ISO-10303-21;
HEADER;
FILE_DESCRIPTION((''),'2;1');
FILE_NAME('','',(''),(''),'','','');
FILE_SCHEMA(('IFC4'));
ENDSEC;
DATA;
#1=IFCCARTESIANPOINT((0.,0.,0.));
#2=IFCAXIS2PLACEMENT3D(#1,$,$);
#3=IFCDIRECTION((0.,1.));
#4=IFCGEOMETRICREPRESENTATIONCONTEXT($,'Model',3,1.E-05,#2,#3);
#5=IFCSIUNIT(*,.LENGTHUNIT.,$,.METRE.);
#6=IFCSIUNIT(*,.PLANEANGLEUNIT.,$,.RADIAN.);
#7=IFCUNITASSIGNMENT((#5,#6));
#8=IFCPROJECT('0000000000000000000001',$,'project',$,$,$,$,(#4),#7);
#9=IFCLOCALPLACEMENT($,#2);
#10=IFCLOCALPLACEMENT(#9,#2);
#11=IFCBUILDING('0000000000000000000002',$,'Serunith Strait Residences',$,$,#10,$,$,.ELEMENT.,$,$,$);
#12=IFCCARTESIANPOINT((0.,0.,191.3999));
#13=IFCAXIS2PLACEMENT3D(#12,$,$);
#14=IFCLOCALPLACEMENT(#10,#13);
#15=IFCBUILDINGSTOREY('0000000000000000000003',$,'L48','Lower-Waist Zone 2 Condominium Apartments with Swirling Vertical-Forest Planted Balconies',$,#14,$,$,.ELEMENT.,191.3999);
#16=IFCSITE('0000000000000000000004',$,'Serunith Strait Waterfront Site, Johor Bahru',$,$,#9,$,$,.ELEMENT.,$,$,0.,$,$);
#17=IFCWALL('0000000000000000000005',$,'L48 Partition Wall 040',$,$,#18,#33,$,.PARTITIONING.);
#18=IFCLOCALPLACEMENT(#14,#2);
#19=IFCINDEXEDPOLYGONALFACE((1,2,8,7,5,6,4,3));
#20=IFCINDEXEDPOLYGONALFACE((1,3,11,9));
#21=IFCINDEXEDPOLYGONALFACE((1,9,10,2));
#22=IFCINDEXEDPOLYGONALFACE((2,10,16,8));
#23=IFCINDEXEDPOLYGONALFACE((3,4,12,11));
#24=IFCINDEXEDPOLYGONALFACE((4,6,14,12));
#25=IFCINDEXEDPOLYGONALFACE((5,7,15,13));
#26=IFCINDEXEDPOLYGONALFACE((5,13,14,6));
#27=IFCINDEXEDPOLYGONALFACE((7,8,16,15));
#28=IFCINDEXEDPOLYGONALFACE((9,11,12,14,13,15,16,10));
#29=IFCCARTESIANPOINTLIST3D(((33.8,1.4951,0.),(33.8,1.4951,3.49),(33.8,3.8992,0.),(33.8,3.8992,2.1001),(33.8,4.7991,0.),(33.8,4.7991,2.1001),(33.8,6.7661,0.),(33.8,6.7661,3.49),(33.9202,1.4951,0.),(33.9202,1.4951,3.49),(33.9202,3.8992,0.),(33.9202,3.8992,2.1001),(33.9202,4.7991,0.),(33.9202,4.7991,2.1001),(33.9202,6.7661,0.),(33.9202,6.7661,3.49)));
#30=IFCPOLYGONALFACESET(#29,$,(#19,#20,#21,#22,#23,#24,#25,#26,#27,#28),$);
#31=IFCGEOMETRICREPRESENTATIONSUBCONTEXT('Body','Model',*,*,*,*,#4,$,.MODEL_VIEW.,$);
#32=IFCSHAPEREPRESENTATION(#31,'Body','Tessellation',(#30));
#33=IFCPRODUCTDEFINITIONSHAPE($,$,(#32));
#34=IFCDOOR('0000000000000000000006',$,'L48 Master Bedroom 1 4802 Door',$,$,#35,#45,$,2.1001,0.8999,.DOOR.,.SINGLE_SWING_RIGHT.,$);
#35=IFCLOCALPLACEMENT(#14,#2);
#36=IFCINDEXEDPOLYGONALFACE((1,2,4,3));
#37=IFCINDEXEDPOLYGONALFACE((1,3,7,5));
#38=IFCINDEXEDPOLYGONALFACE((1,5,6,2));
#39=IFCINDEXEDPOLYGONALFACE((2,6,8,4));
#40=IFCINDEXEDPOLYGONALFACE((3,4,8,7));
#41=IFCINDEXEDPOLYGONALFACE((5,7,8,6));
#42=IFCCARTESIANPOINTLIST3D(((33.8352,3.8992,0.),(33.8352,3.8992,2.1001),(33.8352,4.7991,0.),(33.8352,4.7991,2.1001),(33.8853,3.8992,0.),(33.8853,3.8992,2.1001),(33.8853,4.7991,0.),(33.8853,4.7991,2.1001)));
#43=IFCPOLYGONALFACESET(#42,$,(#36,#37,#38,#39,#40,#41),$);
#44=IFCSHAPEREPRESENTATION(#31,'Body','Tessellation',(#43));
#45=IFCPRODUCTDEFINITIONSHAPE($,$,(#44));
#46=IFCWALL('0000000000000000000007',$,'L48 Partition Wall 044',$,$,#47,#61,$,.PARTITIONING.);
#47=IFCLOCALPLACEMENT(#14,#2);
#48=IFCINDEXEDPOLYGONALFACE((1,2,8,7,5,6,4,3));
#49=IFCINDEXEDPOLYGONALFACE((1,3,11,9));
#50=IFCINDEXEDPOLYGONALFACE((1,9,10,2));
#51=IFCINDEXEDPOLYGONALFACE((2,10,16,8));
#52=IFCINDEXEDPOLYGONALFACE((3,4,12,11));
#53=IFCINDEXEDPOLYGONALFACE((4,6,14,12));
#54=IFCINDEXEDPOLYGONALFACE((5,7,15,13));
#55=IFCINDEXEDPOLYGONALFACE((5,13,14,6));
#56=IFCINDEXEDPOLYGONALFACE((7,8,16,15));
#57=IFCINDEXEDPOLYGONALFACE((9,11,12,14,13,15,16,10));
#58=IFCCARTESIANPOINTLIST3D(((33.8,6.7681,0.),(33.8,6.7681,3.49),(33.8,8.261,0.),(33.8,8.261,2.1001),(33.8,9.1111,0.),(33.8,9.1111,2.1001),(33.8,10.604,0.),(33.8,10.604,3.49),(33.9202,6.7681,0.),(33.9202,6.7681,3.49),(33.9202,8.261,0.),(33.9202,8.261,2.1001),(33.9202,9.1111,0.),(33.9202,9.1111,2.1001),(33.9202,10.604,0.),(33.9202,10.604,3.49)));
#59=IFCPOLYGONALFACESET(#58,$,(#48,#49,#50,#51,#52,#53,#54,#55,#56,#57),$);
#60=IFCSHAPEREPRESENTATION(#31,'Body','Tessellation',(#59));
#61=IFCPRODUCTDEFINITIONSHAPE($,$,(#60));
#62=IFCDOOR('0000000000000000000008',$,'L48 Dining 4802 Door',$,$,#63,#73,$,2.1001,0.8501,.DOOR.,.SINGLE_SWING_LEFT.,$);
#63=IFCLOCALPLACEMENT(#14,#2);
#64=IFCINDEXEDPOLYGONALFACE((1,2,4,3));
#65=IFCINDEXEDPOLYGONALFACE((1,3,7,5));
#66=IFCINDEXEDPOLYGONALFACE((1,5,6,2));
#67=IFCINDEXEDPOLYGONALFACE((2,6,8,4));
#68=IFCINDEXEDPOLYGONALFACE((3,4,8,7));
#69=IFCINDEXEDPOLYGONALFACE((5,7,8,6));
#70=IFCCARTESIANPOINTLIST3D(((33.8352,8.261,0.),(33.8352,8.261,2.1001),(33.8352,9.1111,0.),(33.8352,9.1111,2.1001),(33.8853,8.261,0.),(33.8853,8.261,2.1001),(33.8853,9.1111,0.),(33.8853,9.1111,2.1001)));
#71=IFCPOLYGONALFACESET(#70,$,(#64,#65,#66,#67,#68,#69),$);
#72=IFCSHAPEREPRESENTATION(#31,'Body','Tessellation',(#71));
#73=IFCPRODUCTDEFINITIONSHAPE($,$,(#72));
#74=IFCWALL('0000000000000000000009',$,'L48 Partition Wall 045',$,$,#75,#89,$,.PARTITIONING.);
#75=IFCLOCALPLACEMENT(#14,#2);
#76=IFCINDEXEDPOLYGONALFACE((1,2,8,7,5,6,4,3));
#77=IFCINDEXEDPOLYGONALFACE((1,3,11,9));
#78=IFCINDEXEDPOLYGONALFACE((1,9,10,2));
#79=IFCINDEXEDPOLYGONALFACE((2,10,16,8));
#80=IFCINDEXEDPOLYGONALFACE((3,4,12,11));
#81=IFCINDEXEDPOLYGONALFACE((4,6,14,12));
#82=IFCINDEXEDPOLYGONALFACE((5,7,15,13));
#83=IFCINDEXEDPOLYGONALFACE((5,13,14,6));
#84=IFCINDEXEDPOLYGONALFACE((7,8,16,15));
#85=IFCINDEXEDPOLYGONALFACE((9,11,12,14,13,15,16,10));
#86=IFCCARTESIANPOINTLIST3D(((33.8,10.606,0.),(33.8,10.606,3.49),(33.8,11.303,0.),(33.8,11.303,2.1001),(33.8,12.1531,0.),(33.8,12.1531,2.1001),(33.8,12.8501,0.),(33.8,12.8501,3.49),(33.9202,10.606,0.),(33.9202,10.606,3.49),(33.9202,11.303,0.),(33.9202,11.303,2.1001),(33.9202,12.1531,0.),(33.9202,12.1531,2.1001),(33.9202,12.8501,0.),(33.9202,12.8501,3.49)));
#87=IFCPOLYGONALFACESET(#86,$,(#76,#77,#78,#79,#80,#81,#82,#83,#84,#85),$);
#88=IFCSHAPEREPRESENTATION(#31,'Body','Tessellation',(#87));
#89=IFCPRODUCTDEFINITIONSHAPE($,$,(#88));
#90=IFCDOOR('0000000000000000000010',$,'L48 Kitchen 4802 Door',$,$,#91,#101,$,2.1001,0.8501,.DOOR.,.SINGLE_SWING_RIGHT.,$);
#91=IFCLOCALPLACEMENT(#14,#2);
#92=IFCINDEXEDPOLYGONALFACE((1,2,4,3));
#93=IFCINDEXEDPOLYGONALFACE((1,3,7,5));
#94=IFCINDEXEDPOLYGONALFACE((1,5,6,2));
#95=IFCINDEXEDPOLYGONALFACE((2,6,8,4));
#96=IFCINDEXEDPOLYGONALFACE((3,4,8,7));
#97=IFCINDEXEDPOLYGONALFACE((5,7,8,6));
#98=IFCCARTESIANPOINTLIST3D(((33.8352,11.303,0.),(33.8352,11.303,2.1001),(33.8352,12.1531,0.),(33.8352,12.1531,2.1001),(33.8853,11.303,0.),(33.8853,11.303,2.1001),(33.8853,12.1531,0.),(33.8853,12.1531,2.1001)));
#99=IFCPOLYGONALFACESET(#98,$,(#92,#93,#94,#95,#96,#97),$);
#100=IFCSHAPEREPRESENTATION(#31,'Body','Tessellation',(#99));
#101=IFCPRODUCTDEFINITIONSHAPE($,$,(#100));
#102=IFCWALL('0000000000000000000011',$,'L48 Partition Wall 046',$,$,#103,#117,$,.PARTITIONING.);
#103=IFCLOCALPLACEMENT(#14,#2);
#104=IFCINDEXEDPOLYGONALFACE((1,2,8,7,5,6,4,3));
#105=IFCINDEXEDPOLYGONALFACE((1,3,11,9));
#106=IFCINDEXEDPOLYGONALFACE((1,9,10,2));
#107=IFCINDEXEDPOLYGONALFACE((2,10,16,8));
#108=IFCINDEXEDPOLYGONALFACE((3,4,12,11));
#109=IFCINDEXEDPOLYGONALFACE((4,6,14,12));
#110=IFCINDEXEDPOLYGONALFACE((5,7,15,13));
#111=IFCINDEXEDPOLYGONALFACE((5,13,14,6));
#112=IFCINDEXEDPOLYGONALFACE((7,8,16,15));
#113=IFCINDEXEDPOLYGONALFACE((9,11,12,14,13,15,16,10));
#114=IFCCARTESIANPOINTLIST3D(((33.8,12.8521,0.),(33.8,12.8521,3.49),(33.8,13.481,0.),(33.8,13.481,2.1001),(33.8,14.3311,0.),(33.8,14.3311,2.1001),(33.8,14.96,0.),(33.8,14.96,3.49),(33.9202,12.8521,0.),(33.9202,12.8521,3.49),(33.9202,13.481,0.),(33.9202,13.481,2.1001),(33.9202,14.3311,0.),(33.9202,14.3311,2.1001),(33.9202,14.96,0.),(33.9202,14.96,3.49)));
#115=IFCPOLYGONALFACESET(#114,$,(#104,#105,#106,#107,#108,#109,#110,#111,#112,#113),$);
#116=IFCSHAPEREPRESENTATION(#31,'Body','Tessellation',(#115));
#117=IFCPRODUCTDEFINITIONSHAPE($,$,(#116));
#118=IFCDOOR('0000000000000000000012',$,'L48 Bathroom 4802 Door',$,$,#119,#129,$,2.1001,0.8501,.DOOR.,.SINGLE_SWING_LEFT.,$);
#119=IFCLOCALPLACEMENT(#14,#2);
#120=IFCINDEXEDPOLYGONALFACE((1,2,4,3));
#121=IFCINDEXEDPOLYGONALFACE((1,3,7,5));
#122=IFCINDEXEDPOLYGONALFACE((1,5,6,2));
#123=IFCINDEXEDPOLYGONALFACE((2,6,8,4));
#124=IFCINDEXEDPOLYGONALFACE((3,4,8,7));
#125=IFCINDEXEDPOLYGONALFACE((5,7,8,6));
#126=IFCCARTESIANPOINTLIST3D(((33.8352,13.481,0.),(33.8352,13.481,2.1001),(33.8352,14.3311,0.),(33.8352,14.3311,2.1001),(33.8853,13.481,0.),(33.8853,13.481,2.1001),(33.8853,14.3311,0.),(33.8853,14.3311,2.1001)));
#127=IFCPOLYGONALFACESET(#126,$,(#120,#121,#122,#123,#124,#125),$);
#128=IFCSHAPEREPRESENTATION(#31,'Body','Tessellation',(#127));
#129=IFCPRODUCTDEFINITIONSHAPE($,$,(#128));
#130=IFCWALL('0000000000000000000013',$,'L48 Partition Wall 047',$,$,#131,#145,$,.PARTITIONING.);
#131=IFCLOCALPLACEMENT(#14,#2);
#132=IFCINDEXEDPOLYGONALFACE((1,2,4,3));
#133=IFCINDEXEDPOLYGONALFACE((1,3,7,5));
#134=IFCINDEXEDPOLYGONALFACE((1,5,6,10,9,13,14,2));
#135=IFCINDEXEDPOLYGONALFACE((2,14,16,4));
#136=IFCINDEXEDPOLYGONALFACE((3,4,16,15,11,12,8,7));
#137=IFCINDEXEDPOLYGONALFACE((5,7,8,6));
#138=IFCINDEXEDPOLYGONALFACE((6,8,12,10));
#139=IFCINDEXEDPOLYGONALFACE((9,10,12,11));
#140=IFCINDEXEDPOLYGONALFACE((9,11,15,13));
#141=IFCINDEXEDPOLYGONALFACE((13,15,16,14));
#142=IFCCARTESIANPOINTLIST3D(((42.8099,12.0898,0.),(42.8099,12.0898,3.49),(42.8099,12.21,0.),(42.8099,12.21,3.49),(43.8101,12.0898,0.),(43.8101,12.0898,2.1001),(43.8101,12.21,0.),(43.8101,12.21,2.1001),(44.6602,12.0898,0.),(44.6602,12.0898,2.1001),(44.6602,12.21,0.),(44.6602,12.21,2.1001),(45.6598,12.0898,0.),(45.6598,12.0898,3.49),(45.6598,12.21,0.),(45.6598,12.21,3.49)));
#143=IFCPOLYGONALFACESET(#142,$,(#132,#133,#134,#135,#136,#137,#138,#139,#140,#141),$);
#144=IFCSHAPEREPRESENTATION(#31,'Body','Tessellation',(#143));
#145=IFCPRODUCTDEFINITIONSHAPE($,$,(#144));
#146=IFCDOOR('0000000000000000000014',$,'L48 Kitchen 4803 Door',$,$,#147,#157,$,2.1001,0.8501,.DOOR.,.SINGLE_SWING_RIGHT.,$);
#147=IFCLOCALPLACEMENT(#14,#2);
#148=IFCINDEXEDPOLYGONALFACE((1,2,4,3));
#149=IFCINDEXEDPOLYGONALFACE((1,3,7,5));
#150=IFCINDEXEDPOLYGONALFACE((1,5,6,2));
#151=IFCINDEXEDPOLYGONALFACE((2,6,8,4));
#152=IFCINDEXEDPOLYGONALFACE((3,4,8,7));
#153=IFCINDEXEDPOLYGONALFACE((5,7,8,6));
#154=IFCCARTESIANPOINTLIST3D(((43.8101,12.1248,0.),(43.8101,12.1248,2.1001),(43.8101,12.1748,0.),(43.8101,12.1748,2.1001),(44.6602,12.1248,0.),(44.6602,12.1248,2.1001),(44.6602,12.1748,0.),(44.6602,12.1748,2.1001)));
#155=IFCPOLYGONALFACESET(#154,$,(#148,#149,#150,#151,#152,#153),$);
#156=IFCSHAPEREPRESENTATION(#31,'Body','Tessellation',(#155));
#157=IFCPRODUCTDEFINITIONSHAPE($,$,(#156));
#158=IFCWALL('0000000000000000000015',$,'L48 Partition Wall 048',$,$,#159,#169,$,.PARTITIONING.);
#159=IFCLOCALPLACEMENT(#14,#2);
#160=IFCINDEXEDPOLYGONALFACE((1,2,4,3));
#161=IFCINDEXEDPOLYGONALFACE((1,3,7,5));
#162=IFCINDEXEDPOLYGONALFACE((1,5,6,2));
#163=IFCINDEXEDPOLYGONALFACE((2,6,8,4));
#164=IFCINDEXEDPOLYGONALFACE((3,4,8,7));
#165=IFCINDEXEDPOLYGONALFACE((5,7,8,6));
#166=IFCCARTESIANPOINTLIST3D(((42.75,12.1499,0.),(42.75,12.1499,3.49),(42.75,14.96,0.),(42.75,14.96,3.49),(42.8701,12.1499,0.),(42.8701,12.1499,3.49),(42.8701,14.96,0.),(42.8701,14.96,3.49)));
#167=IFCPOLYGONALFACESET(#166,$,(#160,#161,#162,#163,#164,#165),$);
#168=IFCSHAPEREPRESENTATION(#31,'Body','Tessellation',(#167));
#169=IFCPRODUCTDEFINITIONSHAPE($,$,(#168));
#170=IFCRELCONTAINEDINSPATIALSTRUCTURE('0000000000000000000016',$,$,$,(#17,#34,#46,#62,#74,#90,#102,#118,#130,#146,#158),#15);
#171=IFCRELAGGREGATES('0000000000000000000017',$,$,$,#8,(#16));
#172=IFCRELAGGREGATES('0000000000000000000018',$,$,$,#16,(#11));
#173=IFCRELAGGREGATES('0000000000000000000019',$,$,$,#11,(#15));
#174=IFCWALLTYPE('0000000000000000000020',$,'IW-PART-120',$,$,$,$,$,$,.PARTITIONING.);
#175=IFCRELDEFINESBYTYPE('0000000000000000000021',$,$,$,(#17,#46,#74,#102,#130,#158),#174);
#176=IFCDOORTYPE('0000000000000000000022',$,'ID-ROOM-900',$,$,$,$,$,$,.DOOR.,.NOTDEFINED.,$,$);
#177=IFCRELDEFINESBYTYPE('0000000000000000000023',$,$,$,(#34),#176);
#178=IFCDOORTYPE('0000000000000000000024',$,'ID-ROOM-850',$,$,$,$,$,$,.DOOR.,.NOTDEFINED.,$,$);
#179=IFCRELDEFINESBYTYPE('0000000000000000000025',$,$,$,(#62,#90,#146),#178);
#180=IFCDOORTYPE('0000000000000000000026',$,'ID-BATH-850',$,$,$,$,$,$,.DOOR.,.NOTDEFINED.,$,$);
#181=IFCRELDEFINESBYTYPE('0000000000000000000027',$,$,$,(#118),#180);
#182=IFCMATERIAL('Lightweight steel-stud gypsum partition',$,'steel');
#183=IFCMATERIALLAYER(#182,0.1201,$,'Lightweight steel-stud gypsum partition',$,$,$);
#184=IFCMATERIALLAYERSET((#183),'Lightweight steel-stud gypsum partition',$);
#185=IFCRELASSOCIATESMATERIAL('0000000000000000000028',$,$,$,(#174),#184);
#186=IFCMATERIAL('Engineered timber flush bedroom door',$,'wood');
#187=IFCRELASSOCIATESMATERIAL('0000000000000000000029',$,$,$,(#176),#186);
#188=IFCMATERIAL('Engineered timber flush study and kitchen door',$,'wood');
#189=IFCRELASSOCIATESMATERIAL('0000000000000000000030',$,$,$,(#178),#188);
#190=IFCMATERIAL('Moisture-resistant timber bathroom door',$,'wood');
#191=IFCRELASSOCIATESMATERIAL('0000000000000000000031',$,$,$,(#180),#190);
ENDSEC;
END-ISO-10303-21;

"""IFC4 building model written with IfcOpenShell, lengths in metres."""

from ifc_helpers import new_model, si_unit, direction, frame, frame_2d, origin, place, context, subcontext, project, spatial, rectangle, extrude, source, transform, mapped, material, layer, layer_set, type_object, element, fill, save


model = new_model("IFC4")

# Units and contexts
model_context = context("Model", 3, precision=1e-05, world=origin(), true_north=direction((0.0, 1.0)))
body_context = subcontext(model_context, "Body", "Model", "MODEL_VIEW")
ifc_project = project(units=[si_unit("LENGTHUNIT", "METRE"), si_unit("PLANEANGLEUNIT", "RADIAN")], contexts=[model_context])

# Site, building, storey
site_placement = place(None, origin())
site = spatial("IfcSite", under=ifc_project, at=site_placement, Name="Serunith Strait Waterfront Site, Johor Bahru", CompositionType="ELEMENT", RefElevation=0.0)
building_placement = place(site_placement, origin())
building = spatial("IfcBuilding", under=site, at=building_placement, Name="Serunith Strait Residences", CompositionType="ELEMENT")
storey_placement = place(building_placement, frame((0.0, 0.0, 191.3999)))
storey = spatial("IfcBuildingStorey", under=building, at=storey_placement, Name="L48", Description="Lower-Waist Zone 2 Condominium Apartments with Swirling Vertical-Forest Planted Balconies", CompositionType="ELEMENT", Elevation=191.3999)

# Walls, openings, doors
ifc_material_1 = material(Name="Lightweight steel-stud gypsum partition", Category="steel")
ifc_layer_1 = layer(ifc_material_1, 0.1201, Name="Lightweight steel-stud gypsum partition")
ifc_layer_set_1 = layer_set([ifc_layer_1], Name="Lightweight steel-stud gypsum partition")
wall_type_1 = type_object("IfcWallType", Name="IW-PART-120", PredefinedType="PARTITIONING", material=ifc_layer_set_1)
wall_1_placement = place(storey_placement, frame((33.8601, 1.4951, 0.0), z_axis=(0.0, 0.0, 1.0), x_axis=(0.0, 1.0, 0.0)))
wall_1 = element("IfcWall", 1, at=wall_1_placement, inside=storey, type_object=wall_type_1, Name="L48 Partition Wall 040", PredefinedType="PARTITIONING", context=body_context, shape_type="SweptSolid", body=[
    extrude(rectangle(XDim=5.271, YDim=0.1201, at=frame_2d((2.6355, 0.0))), origin(), (0.0, 0.0, 1.0), 3.49),
])
opening_1_placement = place(wall_1_placement, frame((2.4041, 0.0, 0.0)))
opening_1 = element("IfcOpeningElement", 2, at=opening_1_placement, cuts=wall_1, PredefinedType="OPENING", context=body_context, shape_type="SweptSolid", body=[
    extrude(rectangle(XDim=0.8999, YDim=2.1001, at=frame_2d((0.45, 1.05))), frame((0.0, 0.0701, 0.0), z_axis=(0.0, -1.0, 0.0), x_axis=(1.0, 0.0, 0.0)), (0.0, 0.0, 1.0), 0.1401),
])
ifc_material_2 = material(Name="Engineered timber flush bedroom door", Category="wood")
door_type_1 = type_object("IfcDoorType", Name="ID-ROOM-900", OperationType="NOTDEFINED", PredefinedType="DOOR", material=ifc_material_2)
shared_shape_1 = source(origin(), body_context, "Body", "SweptSolid", [
    extrude(rectangle(XDim=0.8999, YDim=2.1001, at=frame_2d((0.45, 1.05))), frame((0.0, 0.0249, 0.0), z_axis=(0.0, -1.0, 0.0), x_axis=(1.0, 0.0, 0.0)), (0.0, 0.0, 1.0), 0.05),
])
door_1_placement = place(opening_1_placement, origin())
door_1 = element("IfcDoor", 3, at=door_1_placement, inside=storey, type_object=door_type_1, Name="L48 Master Bedroom 1 4802 Door", OperationType="SINGLE_SWING_RIGHT", OverallHeight=2.1001, OverallWidth=0.8999, PredefinedType="DOOR", context=body_context, shape_type="MappedRepresentation", body=[
    mapped(shared_shape_1, transform((0.0, 0.0, 0.0), scale=1.0)),
])
fill(opening_1, door_1)
wall_2_placement = place(storey_placement, frame((33.8601, 6.7681, 0.0), z_axis=(0.0, 0.0, 1.0), x_axis=(0.0, 1.0, 0.0)))
wall_2 = element("IfcWall", 4, at=wall_2_placement, inside=storey, type_object=wall_type_1, Name="L48 Partition Wall 044", PredefinedType="PARTITIONING", context=body_context, shape_type="SweptSolid", body=[
    extrude(rectangle(XDim=3.8359, YDim=0.1201, at=frame_2d((1.918, 0.0))), origin(), (0.0, 0.0, 1.0), 3.49),
])
opening_2_placement = place(wall_2_placement, frame((1.4929, 0.0, 0.0)))
opening_2 = element("IfcOpeningElement", 5, at=opening_2_placement, cuts=wall_2, PredefinedType="OPENING", context=body_context, shape_type="SweptSolid", body=[
    extrude(rectangle(XDim=0.8501, YDim=2.1001, at=frame_2d((0.425, 1.05))), frame((0.0, 0.0701, 0.0), z_axis=(0.0, -1.0, 0.0), x_axis=(1.0, 0.0, 0.0)), (0.0, 0.0, 1.0), 0.1401),
])
ifc_material_3 = material(Name="Engineered timber flush study and kitchen door", Category="wood")
door_type_2 = type_object("IfcDoorType", Name="ID-ROOM-850", OperationType="NOTDEFINED", PredefinedType="DOOR", material=ifc_material_3)
shared_shape_2 = source(origin(), body_context, "Body", "SweptSolid", [
    extrude(rectangle(XDim=0.8501, YDim=2.1001, at=frame_2d((0.425, 1.05))), frame((0.0, 0.0249, 0.0), z_axis=(0.0, -1.0, 0.0), x_axis=(1.0, 0.0, 0.0)), (0.0, 0.0, 1.0), 0.05),
])
door_2_placement = place(opening_2_placement, origin())
door_2 = element("IfcDoor", 6, at=door_2_placement, inside=storey, type_object=door_type_2, Name="L48 Dining 4802 Door", OperationType="SINGLE_SWING_LEFT", OverallHeight=2.1001, OverallWidth=0.8501, PredefinedType="DOOR", context=body_context, shape_type="MappedRepresentation", body=[
    mapped(shared_shape_2, transform((0.0, 0.0, 0.0), scale=1.0)),
])
fill(opening_2, door_2)
wall_3_placement = place(storey_placement, frame((33.8601, 10.606, 0.0), z_axis=(0.0, 0.0, 1.0), x_axis=(0.0, 1.0, 0.0)))
wall_3 = element("IfcWall", 7, at=wall_3_placement, inside=storey, type_object=wall_type_1, Name="L48 Partition Wall 045", PredefinedType="PARTITIONING", context=body_context, shape_type="SweptSolid", body=[
    extrude(rectangle(XDim=2.2441, YDim=0.1201, at=frame_2d((1.1221, 0.0))), origin(), (0.0, 0.0, 1.0), 3.49),
])
opening_3_placement = place(wall_3_placement, frame((0.697, 0.0, 0.0)))
opening_3 = element("IfcOpeningElement", 8, at=opening_3_placement, cuts=wall_3, PredefinedType="OPENING", context=body_context, shape_type="SweptSolid", body=[
    extrude(rectangle(XDim=0.8501, YDim=2.1001, at=frame_2d((0.425, 1.05))), frame((0.0, 0.0701, 0.0), z_axis=(0.0, -1.0, 0.0), x_axis=(1.0, 0.0, 0.0)), (0.0, 0.0, 1.0), 0.1401),
])
door_3_placement = place(opening_3_placement, origin())
door_3 = element("IfcDoor", 9, at=door_3_placement, inside=storey, type_object=door_type_2, Name="L48 Kitchen 4802 Door", OperationType="SINGLE_SWING_RIGHT", OverallHeight=2.1001, OverallWidth=0.8501, PredefinedType="DOOR", context=body_context, shape_type="MappedRepresentation", body=[
    mapped(shared_shape_2, transform((0.0, 0.0, 0.0), scale=1.0)),
])
fill(opening_3, door_3)
wall_4_placement = place(storey_placement, frame((33.8601, 12.8521, 0.0), z_axis=(0.0, 0.0, 1.0), x_axis=(0.0, 1.0, 0.0)))
wall_4 = element("IfcWall", 10, at=wall_4_placement, inside=storey, type_object=wall_type_1, Name="L48 Partition Wall 046", PredefinedType="PARTITIONING", context=body_context, shape_type="SweptSolid", body=[
    extrude(rectangle(XDim=2.1079, YDim=0.1201, at=frame_2d((1.054, 0.0))), origin(), (0.0, 0.0, 1.0), 3.49),
])
opening_4_placement = place(wall_4_placement, frame((0.6289, 0.0, 0.0)))
opening_4 = element("IfcOpeningElement", 11, at=opening_4_placement, cuts=wall_4, PredefinedType="OPENING", context=body_context, shape_type="SweptSolid", body=[
    extrude(rectangle(XDim=0.8501, YDim=2.1001, at=frame_2d((0.425, 1.05))), frame((0.0, 0.0701, 0.0), z_axis=(0.0, -1.0, 0.0), x_axis=(1.0, 0.0, 0.0)), (0.0, 0.0, 1.0), 0.1401),
])
ifc_material_4 = material(Name="Moisture-resistant timber bathroom door", Category="wood")
door_type_3 = type_object("IfcDoorType", Name="ID-BATH-850", OperationType="NOTDEFINED", PredefinedType="DOOR", material=ifc_material_4)
door_4_placement = place(opening_4_placement, origin())
door_4 = element("IfcDoor", 12, at=door_4_placement, inside=storey, type_object=door_type_3, Name="L48 Bathroom 4802 Door", OperationType="SINGLE_SWING_LEFT", OverallHeight=2.1001, OverallWidth=0.8501, PredefinedType="DOOR", context=body_context, shape_type="MappedRepresentation", body=[
    mapped(shared_shape_2, transform((0.0, 0.0, 0.0), scale=1.0)),
])
fill(opening_4, door_4)
wall_5_placement = place(storey_placement, frame((42.8101, 12.1499, 0.0), z_axis=(0.0, 0.0, 1.0), x_axis=(1.0, 0.0, 0.0)))
wall_5 = element("IfcWall", 13, at=wall_5_placement, inside=storey, type_object=wall_type_1, Name="L48 Partition Wall 047", PredefinedType="PARTITIONING", context=body_context, shape_type="SweptSolid", body=[
    extrude(rectangle(XDim=2.8499, YDim=0.1201, at=frame_2d((1.4248, 0.0))), origin(), (0.0, 0.0, 1.0), 3.49),
])
opening_5_placement = place(wall_5_placement, frame((1.0, 0.0, 0.0)))
opening_5 = element("IfcOpeningElement", 14, at=opening_5_placement, cuts=wall_5, PredefinedType="OPENING", context=body_context, shape_type="SweptSolid", body=[
    extrude(rectangle(XDim=0.8501, YDim=2.1001, at=frame_2d((0.425, 1.05))), frame((0.0, 0.0701, 0.0), z_axis=(0.0, -1.0, 0.0), x_axis=(1.0, 0.0, 0.0)), (0.0, 0.0, 1.0), 0.1401),
])
door_5_placement = place(opening_5_placement, origin())
door_5 = element("IfcDoor", 15, at=door_5_placement, inside=storey, type_object=door_type_2, Name="L48 Kitchen 4803 Door", OperationType="SINGLE_SWING_RIGHT", OverallHeight=2.1001, OverallWidth=0.8501, PredefinedType="DOOR", context=body_context, shape_type="MappedRepresentation", body=[
    mapped(shared_shape_2, transform((0.0, 0.0, 0.0), scale=1.0)),
])
fill(opening_5, door_5)

# Wall
wall_6_placement = place(storey_placement, frame((42.8101, 12.1499, 0.0), z_axis=(0.0, 0.0, 1.0), x_axis=(0.0, 1.0, 0.0)))
element("IfcWall", 16, at=wall_6_placement, inside=storey, type_object=wall_type_1, Name="L48 Partition Wall 048", PredefinedType="PARTITIONING", context=body_context, shape_type="SweptSolid", body=[
    extrude(rectangle(XDim=2.8101, YDim=0.1201, at=frame_2d((1.405, 0.0))), origin(), (0.0, 0.0, 1.0), 3.49),
])

save(model, "model.ifc")
